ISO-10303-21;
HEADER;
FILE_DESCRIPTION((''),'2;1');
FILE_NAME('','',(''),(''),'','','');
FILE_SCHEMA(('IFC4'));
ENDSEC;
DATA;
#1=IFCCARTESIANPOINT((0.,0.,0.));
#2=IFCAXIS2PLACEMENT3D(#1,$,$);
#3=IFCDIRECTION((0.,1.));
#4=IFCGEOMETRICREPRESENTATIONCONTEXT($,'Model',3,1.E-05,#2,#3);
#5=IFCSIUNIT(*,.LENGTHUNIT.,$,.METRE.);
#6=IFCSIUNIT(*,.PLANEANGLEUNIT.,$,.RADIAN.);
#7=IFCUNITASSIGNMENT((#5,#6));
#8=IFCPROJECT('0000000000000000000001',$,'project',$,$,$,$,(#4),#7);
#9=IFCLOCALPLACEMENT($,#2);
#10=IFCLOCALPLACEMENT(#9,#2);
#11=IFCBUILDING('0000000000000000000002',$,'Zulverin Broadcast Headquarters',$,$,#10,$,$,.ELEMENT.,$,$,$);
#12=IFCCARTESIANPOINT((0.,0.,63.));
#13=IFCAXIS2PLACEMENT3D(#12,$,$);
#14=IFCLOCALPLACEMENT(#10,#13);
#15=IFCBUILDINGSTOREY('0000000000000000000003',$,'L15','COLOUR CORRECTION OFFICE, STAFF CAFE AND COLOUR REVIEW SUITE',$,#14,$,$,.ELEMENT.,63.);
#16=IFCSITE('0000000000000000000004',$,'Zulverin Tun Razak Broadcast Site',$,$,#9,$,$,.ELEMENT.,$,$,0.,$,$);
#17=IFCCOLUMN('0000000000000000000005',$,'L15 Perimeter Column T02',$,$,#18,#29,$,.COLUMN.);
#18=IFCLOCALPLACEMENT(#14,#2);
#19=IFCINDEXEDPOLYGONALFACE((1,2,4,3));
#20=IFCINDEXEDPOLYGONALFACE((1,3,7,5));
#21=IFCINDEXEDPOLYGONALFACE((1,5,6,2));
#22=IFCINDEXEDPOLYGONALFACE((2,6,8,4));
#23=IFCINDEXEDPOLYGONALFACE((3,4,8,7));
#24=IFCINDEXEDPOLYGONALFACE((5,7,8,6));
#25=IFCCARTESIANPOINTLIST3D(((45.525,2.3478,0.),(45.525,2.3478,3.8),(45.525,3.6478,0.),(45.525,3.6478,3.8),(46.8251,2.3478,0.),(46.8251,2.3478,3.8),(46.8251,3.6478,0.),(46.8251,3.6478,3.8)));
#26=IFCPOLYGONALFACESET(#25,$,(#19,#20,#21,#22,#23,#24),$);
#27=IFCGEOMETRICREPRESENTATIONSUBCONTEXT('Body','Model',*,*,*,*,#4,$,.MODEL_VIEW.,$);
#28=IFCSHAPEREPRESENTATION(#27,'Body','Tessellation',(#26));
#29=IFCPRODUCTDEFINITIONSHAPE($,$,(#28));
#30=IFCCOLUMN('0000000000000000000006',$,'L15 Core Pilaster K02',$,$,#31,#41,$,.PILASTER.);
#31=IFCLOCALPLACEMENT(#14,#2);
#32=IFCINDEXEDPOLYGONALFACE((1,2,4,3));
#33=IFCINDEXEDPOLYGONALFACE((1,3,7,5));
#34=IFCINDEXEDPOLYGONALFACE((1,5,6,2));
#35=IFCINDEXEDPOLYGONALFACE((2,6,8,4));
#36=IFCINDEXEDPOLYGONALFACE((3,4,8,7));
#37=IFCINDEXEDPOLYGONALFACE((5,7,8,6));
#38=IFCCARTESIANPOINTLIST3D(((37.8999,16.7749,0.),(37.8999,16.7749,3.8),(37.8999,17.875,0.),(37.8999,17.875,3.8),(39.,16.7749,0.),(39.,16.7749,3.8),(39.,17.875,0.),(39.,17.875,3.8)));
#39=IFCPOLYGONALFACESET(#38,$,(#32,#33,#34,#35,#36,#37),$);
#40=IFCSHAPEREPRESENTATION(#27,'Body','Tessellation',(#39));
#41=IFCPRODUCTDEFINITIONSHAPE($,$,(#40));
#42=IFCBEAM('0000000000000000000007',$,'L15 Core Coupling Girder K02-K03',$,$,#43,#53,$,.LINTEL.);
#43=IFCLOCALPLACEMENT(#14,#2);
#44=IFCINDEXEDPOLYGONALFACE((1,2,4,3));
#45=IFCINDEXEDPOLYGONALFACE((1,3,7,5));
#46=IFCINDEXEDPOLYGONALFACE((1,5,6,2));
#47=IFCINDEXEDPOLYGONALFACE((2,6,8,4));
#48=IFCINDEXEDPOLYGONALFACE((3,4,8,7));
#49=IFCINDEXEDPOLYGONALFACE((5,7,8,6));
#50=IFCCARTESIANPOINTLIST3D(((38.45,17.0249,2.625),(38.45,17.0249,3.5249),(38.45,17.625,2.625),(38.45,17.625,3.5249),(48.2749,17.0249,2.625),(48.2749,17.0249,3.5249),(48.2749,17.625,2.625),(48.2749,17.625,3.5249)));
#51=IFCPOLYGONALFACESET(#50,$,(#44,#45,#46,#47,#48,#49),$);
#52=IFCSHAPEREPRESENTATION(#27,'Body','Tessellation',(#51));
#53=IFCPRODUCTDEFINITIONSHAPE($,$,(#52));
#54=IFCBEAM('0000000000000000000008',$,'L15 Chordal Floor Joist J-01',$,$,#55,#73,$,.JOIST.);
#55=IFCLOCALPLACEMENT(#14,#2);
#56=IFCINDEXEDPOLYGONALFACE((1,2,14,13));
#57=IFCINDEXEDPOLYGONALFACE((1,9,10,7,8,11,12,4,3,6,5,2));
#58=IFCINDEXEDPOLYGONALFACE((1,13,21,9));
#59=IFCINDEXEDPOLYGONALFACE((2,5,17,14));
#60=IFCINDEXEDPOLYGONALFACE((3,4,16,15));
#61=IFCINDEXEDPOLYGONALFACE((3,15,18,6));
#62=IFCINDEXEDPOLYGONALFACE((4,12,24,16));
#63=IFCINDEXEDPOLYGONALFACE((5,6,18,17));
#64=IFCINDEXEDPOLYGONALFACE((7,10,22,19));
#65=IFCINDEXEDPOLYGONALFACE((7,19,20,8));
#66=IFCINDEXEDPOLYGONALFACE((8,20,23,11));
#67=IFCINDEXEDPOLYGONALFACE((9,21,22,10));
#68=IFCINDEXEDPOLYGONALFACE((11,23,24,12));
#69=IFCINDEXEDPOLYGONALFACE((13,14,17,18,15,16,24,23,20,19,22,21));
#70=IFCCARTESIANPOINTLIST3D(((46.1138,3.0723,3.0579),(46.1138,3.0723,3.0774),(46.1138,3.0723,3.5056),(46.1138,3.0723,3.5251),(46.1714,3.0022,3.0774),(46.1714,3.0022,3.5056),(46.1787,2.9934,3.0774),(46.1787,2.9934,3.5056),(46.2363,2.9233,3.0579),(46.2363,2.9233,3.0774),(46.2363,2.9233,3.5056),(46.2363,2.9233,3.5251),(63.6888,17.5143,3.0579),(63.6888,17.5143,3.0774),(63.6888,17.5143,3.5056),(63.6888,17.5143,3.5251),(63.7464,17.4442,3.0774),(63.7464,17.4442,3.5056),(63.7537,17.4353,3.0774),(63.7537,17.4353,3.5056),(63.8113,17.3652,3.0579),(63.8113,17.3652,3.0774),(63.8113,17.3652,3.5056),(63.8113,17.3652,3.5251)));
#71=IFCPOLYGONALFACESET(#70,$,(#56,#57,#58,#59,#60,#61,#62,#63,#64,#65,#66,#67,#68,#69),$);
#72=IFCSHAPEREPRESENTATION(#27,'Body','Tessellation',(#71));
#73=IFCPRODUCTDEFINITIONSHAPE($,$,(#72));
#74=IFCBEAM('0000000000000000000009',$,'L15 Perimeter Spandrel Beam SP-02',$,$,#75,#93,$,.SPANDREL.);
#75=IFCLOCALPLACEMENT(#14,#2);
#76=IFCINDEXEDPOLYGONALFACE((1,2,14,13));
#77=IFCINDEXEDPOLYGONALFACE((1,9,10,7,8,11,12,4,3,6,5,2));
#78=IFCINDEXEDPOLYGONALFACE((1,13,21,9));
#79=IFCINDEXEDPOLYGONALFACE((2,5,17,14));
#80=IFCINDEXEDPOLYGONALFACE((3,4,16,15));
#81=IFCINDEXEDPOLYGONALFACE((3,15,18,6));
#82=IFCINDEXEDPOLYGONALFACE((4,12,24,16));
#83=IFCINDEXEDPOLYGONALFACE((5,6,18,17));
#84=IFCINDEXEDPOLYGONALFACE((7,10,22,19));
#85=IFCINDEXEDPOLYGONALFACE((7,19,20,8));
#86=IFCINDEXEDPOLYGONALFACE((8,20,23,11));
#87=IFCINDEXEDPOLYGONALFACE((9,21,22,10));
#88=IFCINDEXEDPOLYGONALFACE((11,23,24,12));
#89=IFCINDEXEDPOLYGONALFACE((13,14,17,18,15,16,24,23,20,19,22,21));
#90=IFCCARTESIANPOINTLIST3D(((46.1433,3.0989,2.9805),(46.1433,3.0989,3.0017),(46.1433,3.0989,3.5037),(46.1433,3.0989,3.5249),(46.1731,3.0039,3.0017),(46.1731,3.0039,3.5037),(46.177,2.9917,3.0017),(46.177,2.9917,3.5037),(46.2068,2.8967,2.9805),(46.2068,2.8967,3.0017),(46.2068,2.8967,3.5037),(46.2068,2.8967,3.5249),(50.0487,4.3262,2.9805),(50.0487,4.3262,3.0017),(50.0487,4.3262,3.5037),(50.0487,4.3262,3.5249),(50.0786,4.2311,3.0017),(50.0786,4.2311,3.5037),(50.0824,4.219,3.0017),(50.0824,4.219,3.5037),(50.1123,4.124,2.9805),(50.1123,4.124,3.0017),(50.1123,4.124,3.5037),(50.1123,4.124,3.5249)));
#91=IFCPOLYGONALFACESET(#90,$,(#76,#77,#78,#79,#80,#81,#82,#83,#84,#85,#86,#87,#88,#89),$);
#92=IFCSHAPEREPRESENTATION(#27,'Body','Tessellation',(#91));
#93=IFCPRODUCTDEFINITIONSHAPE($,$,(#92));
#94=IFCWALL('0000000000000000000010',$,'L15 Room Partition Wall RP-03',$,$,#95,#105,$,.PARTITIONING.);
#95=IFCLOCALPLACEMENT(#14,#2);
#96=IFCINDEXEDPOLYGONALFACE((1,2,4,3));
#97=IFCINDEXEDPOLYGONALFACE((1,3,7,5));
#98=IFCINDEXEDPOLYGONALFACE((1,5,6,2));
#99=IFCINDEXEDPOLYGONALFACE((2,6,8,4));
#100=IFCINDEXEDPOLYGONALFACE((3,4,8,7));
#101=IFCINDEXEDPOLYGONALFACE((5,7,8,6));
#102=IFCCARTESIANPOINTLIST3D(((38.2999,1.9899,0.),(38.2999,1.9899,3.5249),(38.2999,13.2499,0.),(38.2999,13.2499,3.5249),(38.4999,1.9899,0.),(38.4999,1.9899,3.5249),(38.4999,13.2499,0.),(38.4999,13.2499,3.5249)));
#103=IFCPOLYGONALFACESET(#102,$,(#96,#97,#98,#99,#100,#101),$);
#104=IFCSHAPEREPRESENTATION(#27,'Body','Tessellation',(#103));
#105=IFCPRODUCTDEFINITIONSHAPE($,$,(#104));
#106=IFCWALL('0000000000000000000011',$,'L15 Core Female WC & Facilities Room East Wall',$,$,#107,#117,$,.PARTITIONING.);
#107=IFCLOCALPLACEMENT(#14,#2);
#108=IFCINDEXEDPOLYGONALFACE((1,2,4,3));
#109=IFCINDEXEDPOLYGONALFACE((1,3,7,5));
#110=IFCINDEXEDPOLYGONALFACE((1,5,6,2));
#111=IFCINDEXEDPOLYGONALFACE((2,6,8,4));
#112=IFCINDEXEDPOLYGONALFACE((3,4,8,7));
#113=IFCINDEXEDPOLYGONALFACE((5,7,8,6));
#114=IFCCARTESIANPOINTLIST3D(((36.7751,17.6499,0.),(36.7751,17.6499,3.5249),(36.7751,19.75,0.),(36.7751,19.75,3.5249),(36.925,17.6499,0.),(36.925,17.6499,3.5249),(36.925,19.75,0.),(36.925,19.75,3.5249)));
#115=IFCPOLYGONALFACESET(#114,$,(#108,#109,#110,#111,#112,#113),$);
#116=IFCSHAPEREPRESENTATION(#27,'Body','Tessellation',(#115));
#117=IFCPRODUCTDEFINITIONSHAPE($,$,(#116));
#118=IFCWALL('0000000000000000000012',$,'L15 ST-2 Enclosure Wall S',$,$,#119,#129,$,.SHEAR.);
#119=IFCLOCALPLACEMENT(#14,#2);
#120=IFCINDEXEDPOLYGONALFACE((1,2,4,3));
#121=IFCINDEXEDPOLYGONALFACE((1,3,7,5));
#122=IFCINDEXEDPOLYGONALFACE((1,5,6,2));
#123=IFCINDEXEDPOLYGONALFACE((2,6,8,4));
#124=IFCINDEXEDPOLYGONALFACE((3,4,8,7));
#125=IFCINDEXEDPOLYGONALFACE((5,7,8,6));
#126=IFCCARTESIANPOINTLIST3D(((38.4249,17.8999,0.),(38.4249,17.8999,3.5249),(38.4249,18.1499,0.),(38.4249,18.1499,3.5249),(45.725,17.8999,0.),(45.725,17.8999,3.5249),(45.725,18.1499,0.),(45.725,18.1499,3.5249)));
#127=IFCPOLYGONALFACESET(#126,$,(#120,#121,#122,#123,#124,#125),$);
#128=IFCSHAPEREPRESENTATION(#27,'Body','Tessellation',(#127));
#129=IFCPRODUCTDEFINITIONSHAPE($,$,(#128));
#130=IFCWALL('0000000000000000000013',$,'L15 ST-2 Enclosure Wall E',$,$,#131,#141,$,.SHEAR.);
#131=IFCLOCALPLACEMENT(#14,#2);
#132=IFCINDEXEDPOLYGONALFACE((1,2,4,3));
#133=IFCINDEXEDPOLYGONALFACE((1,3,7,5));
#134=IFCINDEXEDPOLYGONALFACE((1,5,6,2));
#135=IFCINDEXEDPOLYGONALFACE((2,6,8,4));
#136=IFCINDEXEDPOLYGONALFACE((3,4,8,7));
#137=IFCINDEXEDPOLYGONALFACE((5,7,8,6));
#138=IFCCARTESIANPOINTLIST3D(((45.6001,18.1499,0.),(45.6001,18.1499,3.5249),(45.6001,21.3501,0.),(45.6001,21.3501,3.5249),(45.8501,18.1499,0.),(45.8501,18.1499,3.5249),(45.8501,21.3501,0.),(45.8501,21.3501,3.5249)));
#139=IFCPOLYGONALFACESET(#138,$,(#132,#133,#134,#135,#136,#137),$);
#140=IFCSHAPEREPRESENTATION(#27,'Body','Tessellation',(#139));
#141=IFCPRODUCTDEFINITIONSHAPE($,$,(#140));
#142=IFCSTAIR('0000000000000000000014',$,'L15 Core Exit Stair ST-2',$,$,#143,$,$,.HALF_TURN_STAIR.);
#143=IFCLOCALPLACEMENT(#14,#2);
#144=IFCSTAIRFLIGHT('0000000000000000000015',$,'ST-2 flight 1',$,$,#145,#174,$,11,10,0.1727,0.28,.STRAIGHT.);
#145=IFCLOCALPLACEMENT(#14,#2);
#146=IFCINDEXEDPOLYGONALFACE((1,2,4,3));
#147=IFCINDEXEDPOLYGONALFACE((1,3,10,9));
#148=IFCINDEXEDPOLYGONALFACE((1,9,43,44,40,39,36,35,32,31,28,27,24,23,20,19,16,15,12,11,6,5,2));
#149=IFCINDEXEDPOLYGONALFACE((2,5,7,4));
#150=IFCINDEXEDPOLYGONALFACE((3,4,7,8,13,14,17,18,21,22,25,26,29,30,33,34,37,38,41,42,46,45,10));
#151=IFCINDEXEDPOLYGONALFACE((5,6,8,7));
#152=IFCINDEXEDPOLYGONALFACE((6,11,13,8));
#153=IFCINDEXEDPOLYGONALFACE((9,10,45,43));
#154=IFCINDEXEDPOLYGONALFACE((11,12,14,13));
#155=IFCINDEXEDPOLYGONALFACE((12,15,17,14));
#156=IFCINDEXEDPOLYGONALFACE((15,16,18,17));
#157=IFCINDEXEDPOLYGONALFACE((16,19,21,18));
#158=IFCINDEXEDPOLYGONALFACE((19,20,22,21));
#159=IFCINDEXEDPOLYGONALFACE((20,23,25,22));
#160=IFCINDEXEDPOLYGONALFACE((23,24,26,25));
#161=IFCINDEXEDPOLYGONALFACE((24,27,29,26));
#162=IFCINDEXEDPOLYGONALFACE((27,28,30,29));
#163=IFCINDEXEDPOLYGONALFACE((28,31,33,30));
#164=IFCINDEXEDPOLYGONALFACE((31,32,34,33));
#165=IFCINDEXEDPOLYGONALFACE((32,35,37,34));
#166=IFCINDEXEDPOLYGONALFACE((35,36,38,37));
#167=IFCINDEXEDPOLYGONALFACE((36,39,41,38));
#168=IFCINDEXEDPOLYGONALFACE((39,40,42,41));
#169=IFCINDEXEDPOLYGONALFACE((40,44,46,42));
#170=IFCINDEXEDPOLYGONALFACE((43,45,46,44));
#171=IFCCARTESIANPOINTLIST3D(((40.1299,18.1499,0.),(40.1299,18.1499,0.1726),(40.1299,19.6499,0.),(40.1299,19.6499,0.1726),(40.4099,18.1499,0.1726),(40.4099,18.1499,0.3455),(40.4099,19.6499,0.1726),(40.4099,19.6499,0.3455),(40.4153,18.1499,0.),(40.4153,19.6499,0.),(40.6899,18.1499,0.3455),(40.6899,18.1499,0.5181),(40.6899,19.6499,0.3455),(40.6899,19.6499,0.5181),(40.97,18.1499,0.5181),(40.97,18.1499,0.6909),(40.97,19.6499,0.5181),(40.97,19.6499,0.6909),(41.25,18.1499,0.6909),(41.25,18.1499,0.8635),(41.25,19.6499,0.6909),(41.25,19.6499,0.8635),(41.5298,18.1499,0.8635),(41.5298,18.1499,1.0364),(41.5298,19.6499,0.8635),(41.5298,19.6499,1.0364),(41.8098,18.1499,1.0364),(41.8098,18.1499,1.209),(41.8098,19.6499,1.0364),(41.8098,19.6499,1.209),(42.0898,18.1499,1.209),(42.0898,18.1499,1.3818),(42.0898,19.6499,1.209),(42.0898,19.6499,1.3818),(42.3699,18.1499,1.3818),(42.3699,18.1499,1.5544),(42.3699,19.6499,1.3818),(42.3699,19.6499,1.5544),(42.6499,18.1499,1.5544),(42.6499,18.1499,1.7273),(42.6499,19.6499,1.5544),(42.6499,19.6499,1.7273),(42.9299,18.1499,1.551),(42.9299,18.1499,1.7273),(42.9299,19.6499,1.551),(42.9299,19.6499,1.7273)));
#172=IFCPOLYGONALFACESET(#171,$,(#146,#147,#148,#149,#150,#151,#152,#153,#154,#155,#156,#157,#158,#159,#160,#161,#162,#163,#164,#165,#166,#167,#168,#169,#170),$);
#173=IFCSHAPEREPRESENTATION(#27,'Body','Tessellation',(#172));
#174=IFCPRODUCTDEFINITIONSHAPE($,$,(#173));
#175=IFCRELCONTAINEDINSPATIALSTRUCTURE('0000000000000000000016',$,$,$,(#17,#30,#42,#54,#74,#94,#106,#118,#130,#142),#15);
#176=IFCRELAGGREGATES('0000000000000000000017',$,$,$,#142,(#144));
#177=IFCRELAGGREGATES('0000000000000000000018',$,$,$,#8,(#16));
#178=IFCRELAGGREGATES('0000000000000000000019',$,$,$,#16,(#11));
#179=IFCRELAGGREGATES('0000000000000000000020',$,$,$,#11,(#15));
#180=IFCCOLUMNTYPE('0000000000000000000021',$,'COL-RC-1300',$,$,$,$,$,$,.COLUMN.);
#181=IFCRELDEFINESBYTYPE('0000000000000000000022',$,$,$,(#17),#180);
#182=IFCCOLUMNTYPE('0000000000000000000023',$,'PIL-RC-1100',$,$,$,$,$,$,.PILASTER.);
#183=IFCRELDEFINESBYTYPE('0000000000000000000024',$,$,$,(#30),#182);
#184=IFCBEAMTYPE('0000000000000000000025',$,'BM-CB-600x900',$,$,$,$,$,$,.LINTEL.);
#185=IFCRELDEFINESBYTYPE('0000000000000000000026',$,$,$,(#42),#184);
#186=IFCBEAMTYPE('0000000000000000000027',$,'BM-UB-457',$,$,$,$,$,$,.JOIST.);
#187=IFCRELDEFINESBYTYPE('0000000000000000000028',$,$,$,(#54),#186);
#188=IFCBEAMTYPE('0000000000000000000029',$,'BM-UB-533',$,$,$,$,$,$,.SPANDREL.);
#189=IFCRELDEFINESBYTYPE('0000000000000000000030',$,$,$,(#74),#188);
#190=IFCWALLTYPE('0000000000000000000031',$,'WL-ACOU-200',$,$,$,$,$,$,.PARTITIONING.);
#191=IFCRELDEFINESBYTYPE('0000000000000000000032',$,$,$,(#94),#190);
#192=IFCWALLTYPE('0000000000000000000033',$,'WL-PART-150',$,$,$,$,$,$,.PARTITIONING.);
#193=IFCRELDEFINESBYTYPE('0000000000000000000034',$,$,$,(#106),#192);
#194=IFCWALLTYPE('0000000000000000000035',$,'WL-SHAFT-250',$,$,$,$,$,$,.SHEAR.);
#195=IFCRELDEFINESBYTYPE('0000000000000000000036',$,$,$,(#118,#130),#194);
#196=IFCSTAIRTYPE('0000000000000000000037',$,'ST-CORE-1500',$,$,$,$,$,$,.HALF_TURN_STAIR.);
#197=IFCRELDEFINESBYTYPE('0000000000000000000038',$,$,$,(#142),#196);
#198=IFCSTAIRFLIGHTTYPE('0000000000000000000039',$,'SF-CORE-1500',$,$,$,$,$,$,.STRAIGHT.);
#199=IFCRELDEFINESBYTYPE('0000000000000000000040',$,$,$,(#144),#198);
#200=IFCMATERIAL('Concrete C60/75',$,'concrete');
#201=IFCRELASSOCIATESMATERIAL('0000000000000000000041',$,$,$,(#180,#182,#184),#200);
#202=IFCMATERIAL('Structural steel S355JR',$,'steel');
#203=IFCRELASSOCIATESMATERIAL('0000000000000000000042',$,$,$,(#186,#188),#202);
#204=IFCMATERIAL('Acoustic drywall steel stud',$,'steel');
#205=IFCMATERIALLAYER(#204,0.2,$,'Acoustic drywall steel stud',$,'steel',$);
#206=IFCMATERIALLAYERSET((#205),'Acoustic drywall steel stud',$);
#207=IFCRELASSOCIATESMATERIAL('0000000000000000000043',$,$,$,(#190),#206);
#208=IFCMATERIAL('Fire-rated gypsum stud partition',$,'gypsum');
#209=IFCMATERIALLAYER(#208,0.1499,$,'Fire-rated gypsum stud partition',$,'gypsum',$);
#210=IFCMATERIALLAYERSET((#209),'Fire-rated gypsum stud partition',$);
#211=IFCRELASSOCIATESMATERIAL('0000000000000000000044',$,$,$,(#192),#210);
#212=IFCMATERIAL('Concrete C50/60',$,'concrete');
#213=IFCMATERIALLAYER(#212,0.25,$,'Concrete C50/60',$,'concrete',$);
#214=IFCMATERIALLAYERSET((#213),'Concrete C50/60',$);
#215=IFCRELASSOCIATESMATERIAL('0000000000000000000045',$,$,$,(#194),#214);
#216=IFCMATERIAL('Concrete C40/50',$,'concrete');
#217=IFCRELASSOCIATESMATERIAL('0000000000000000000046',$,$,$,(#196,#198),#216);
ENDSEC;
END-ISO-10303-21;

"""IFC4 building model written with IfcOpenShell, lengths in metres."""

from ifc_helpers import new_model, si_unit, direction, frame, frame_2d, origin, origin_2d, place, context, subcontext, project, spatial, polyline, rectangle, i_section, outline, extrude, material, layer, layer_set, material_profile, profile_set, type_object, element, aggregate, save


model = new_model("IFC4")

# Units and contexts
model_context = context("Model", 3, precision=1e-05, world=origin(), true_north=direction((0.0, 1.0)))
body_context = subcontext(model_context, "Body", "Model", "MODEL_VIEW")
ifc_project = project(units=[si_unit("LENGTHUNIT", "METRE"), si_unit("PLANEANGLEUNIT", "RADIAN")], contexts=[model_context])

# Site, building, storey
site_placement = place(None, origin())
site = spatial("IfcSite", under=ifc_project, at=site_placement, Name="Zulverin Tun Razak Broadcast Site", CompositionType="ELEMENT", RefElevation=0.0)
building_placement = place(site_placement, origin())
building = spatial("IfcBuilding", under=site, at=building_placement, Name="Zulverin Broadcast Headquarters", CompositionType="ELEMENT")
storey_placement = place(building_placement, frame((0.0, 0.0, 63.0)))
storey = spatial("IfcBuildingStorey", under=building, at=storey_placement, Name="L15", Description="COLOUR CORRECTION OFFICE, STAFF CAFE AND COLOUR REVIEW SUITE", CompositionType="ELEMENT", Elevation=63.0)

# Columns
ifc_material_1 = material(Name="Concrete C60/75", Category="concrete")
ifc_material_profile_1 = material_profile(ifc_material_1, rectangle(XDim=1.3, YDim=1.3, at=origin_2d()), Name="Concrete C60/75", Category="concrete")
ifc_profile_set_1 = profile_set([ifc_material_profile_1], Name="Concrete C60/75")
column_type_1 = type_object("IfcColumnType", Name="COL-RC-1300", PredefinedType="COLUMN", material=ifc_profile_set_1)
column_1_placement = place(storey_placement, frame((46.175, 2.9978, 0.0), z_axis=(0.0, 0.0, 1.0), x_axis=(1.0, 0.0, 0.0)))
element("IfcColumn", 1, at=column_1_placement, inside=storey, type_object=column_type_1, Name="L15 Perimeter Column T02", PredefinedType="COLUMN", context=body_context, shape_type="SweptSolid", body=[
    extrude(rectangle(XDim=1.3, YDim=1.3, at=origin_2d()), origin(), (0.0, 0.0, 1.0), 3.8),
])
ifc_material_profile_2 = material_profile(ifc_material_1, rectangle(XDim=1.1001, YDim=1.1001, at=origin_2d()), Name="Concrete C60/75", Category="concrete")
ifc_profile_set_2 = profile_set([ifc_material_profile_2], Name="Concrete C60/75")
column_type_2 = type_object("IfcColumnType", Name="PIL-RC-1100", PredefinedType="PILASTER", material=ifc_profile_set_2)
column_2_placement = place(storey_placement, frame((38.45, 17.325, 0.0), z_axis=(0.0, 0.0, 1.0), x_axis=(1.0, 0.0, 0.0)))
element("IfcColumn", 2, at=column_2_placement, inside=storey, type_object=column_type_2, Name="L15 Core Pilaster K02", PredefinedType="PILASTER", context=body_context, shape_type="SweptSolid", body=[
    extrude(rectangle(XDim=1.1001, YDim=1.1001, at=origin_2d()), origin(), (0.0, 0.0, 1.0), 3.8),
])

# Beams
ifc_material_profile_3 = material_profile(ifc_material_1, rectangle(XDim=0.6001, YDim=0.8999, at=origin_2d()), Name="Concrete C60/75", Category="concrete")
ifc_profile_set_3 = profile_set([ifc_material_profile_3], Name="Concrete C60/75")
beam_type_1 = type_object("IfcBeamType", Name="BM-CB-600x900", PredefinedType="LINTEL", material=ifc_profile_set_3)
beam_1_placement = place(storey_placement, frame((38.45, 17.325, 3.075), z_axis=(1.0, 0.0, 0.0), x_axis=(0.0, 1.0, 0.0)))
element("IfcBeam", 3, at=beam_1_placement, inside=storey, type_object=beam_type_1, Name="L15 Core Coupling Girder K02-K03", PredefinedType="LINTEL", context=body_context, shape_type="SweptSolid", body=[
    extrude(rectangle(XDim=0.6001, YDim=0.8999, at=origin_2d()), origin(), (0.0, 0.0, 1.0), 9.825),
])
ifc_material_2 = material(Name="Structural steel S355JR", Category="steel")
ifc_material_profile_4 = material_profile(ifc_material_2, i_section(OverallWidth=0.1929, OverallDepth=0.4673, WebThickness=0.0115, FlangeThickness=0.0195, at=origin_2d()), Name="Structural steel S355JR", Category="steel")
ifc_profile_set_4 = profile_set([ifc_material_profile_4], Name="Structural steel S355JR")
beam_type_2 = type_object("IfcBeamType", Name="BM-UB-457", PredefinedType="JOIST", material=ifc_profile_set_4)
beam_2_placement = place(storey_placement, frame((46.175, 2.9978, 3.2915), z_axis=(0.772611, 0.634879, 0.0), x_axis=(-0.634879, 0.772611, 0.0)))
element("IfcBeam", 4, at=beam_2_placement, inside=storey, type_object=beam_type_2, Name="L15 Chordal Floor Joist J-01", PredefinedType="JOIST", context=body_context, shape_type="SweptSolid", body=[
    extrude(i_section(OverallWidth=0.1929, OverallDepth=0.4673, WebThickness=0.0115, FlangeThickness=0.0195, at=origin_2d()), origin(), (0.0, 0.0, 1.0), 22.7476),
])
ifc_material_profile_5 = material_profile(ifc_material_2, i_section(OverallWidth=0.2119, OverallDepth=0.5444, WebThickness=0.0127, FlangeThickness=0.0212, at=origin_2d()), Name="Structural steel S355JR", Category="steel")
ifc_profile_set_5 = profile_set([ifc_material_profile_5], Name="Structural steel S355JR")
beam_type_3 = type_object("IfcBeamType", Name="BM-UB-533", PredefinedType="SPANDREL", material=ifc_profile_set_5)
beam_3_placement = place(storey_placement, frame((46.175, 2.9978, 3.2527), z_axis=(0.954004, 0.299792, 0.0), x_axis=(-0.299792, 0.954004, 0.0)))
element("IfcBeam", 5, at=beam_3_placement, inside=storey, type_object=beam_type_3, Name="L15 Perimeter Spandrel Beam SP-02", PredefinedType="SPANDREL", context=body_context, shape_type="SweptSolid", body=[
    extrude(i_section(OverallWidth=0.2119, OverallDepth=0.5444, WebThickness=0.0127, FlangeThickness=0.0212, at=origin_2d()), origin(), (0.0, 0.0, 1.0), 4.0938),
])

# Walls
ifc_material_3 = material(Name="Acoustic drywall steel stud", Category="steel")
ifc_layer_1 = layer(ifc_material_3, 0.2, Name="Acoustic drywall steel stud", Category="steel")
ifc_layer_set_1 = layer_set([ifc_layer_1], Name="Acoustic drywall steel stud")
wall_type_1 = type_object("IfcWallType", Name="WL-ACOU-200", PredefinedType="PARTITIONING", material=ifc_layer_set_1)
wall_1_placement = place(storey_placement, frame((38.3999, 1.99, 0.0), z_axis=(0.0, 0.0, 1.0), x_axis=(0.0, 1.0, 0.0)))
element("IfcWall", 6, at=wall_1_placement, inside=storey, type_object=wall_type_1, Name="L15 Room Partition Wall RP-03", PredefinedType="PARTITIONING", context=body_context, shape_type="SweptSolid", body=[
    extrude(rectangle(XDim=11.26, YDim=0.2, at=frame_2d((5.6299, 0.0))), origin(), (0.0, 0.0, 1.0), 3.5249),
])
ifc_material_4 = material(Name="Fire-rated gypsum stud partition", Category="gypsum")
ifc_layer_2 = layer(ifc_material_4, 0.1499, Name="Fire-rated gypsum stud partition", Category="gypsum")
ifc_layer_set_2 = layer_set([ifc_layer_2], Name="Fire-rated gypsum stud partition")
wall_type_2 = type_object("IfcWallType", Name="WL-PART-150", PredefinedType="PARTITIONING", material=ifc_layer_set_2)
wall_2_placement = place(storey_placement, frame((36.8501, 17.6499, 0.0), z_axis=(0.0, 0.0, 1.0), x_axis=(0.0, 1.0, 0.0)))
element("IfcWall", 7, at=wall_2_placement, inside=storey, type_object=wall_type_2, Name="L15 Core Female WC & Facilities Room East Wall", PredefinedType="PARTITIONING", context=body_context, shape_type="SweptSolid", body=[
    extrude(rectangle(XDim=2.1001, YDim=0.1499, at=frame_2d((1.05, 0.0))), origin(), (0.0, 0.0, 1.0), 3.5249),
])
ifc_material_5 = material(Name="Concrete C50/60", Category="concrete")
ifc_layer_3 = layer(ifc_material_5, 0.25, Name="Concrete C50/60", Category="concrete")
ifc_layer_set_3 = layer_set([ifc_layer_3], Name="Concrete C50/60")
wall_type_3 = type_object("IfcWallType", Name="WL-SHAFT-250", PredefinedType="SHEAR", material=ifc_layer_set_3)
wall_3_placement = place(storey_placement, frame((38.425, 18.0249, 0.0), z_axis=(0.0, 0.0, 1.0), x_axis=(1.0, 0.0, 0.0)))
element("IfcWall", 8, at=wall_3_placement, inside=storey, type_object=wall_type_3, Name="L15 ST-2 Enclosure Wall S", PredefinedType="SHEAR", context=body_context, shape_type="SweptSolid", body=[
    extrude(rectangle(XDim=7.3, YDim=0.25, at=frame_2d((3.6499, 0.0))), origin(), (0.0, 0.0, 1.0), 3.5249),
])

# Wall
wall_4_placement = place(storey_placement, frame((45.7251, 18.1499, 0.0), z_axis=(0.0, 0.0, 1.0), x_axis=(0.0, 1.0, 0.0)))
element("IfcWall", 9, at=wall_4_placement, inside=storey, type_object=wall_type_3, Name="L15 ST-2 Enclosure Wall E", PredefinedType="SHEAR", context=body_context, shape_type="SweptSolid", body=[
    extrude(rectangle(XDim=3.2002, YDim=0.25, at=frame_2d((1.6001, 0.0))), origin(), (0.0, 0.0, 1.0), 3.5249),
])

# Stair, stair flight
ifc_material_6 = material(Name="Concrete C40/50", Category="concrete")
stair_type = type_object("IfcStairType", Name="ST-CORE-1500", PredefinedType="HALF_TURN_STAIR", material=ifc_material_6)
stair_placement = place(storey_placement, origin())
stair = element("IfcStair", 10, at=stair_placement, inside=storey, type_object=stair_type, Name="L15 Core Exit Stair ST-2", PredefinedType="HALF_TURN_STAIR")
stair_flight_type = type_object("IfcStairFlightType", Name="SF-CORE-1500", PredefinedType="STRAIGHT", material=ifc_material_6)
stair_flight_placement = place(storey_placement, frame((40.1299, 18.8999, 0.0), z_axis=(0.0, 0.0, 1.0), x_axis=(1.0, 0.0, 0.0)))
stair_flight = element("IfcStairFlight", 11, at=stair_flight_placement, type_object=stair_flight_type, Name="ST-2 flight 1", NumberOfRisers=11, NumberOfTreads=10, PredefinedType="STRAIGHT", RiserHeight=0.1727, TreadLength=0.28, context=body_context, shape_type="SweptSolid", body=[
    extrude(outline(polyline([(0.0, 0.0), (0.0, 0.1726), (0.28, 0.1726), (0.28, 0.3455), (0.5601, 0.3455), (0.5601, 0.5181), (0.8401, 0.5181), (0.8401, 0.6909), (1.1201, 0.6909), (1.1201, 0.8635), (1.3999, 0.8635), (1.3999, 1.0364), (1.6799, 1.0364), (1.6799, 1.209), (1.96, 1.209), (1.96, 1.3818), (2.24, 1.3818), (2.24, 1.5544), (2.52, 1.5544), (2.52, 1.7273), (2.8, 1.7273), (2.8, 1.8999), (2.8, 1.551), (0.2854, 0.0), (0.0, 0.0)])), frame((0.0, 0.75, 0.0), z_axis=(0.0, -1.0, 0.0), x_axis=(1.0, 0.0, 0.0)), (0.0, 0.0, 1.0), 1.5),
])
aggregate(stair, [stair_flight])

save(model, "model.ifc")
